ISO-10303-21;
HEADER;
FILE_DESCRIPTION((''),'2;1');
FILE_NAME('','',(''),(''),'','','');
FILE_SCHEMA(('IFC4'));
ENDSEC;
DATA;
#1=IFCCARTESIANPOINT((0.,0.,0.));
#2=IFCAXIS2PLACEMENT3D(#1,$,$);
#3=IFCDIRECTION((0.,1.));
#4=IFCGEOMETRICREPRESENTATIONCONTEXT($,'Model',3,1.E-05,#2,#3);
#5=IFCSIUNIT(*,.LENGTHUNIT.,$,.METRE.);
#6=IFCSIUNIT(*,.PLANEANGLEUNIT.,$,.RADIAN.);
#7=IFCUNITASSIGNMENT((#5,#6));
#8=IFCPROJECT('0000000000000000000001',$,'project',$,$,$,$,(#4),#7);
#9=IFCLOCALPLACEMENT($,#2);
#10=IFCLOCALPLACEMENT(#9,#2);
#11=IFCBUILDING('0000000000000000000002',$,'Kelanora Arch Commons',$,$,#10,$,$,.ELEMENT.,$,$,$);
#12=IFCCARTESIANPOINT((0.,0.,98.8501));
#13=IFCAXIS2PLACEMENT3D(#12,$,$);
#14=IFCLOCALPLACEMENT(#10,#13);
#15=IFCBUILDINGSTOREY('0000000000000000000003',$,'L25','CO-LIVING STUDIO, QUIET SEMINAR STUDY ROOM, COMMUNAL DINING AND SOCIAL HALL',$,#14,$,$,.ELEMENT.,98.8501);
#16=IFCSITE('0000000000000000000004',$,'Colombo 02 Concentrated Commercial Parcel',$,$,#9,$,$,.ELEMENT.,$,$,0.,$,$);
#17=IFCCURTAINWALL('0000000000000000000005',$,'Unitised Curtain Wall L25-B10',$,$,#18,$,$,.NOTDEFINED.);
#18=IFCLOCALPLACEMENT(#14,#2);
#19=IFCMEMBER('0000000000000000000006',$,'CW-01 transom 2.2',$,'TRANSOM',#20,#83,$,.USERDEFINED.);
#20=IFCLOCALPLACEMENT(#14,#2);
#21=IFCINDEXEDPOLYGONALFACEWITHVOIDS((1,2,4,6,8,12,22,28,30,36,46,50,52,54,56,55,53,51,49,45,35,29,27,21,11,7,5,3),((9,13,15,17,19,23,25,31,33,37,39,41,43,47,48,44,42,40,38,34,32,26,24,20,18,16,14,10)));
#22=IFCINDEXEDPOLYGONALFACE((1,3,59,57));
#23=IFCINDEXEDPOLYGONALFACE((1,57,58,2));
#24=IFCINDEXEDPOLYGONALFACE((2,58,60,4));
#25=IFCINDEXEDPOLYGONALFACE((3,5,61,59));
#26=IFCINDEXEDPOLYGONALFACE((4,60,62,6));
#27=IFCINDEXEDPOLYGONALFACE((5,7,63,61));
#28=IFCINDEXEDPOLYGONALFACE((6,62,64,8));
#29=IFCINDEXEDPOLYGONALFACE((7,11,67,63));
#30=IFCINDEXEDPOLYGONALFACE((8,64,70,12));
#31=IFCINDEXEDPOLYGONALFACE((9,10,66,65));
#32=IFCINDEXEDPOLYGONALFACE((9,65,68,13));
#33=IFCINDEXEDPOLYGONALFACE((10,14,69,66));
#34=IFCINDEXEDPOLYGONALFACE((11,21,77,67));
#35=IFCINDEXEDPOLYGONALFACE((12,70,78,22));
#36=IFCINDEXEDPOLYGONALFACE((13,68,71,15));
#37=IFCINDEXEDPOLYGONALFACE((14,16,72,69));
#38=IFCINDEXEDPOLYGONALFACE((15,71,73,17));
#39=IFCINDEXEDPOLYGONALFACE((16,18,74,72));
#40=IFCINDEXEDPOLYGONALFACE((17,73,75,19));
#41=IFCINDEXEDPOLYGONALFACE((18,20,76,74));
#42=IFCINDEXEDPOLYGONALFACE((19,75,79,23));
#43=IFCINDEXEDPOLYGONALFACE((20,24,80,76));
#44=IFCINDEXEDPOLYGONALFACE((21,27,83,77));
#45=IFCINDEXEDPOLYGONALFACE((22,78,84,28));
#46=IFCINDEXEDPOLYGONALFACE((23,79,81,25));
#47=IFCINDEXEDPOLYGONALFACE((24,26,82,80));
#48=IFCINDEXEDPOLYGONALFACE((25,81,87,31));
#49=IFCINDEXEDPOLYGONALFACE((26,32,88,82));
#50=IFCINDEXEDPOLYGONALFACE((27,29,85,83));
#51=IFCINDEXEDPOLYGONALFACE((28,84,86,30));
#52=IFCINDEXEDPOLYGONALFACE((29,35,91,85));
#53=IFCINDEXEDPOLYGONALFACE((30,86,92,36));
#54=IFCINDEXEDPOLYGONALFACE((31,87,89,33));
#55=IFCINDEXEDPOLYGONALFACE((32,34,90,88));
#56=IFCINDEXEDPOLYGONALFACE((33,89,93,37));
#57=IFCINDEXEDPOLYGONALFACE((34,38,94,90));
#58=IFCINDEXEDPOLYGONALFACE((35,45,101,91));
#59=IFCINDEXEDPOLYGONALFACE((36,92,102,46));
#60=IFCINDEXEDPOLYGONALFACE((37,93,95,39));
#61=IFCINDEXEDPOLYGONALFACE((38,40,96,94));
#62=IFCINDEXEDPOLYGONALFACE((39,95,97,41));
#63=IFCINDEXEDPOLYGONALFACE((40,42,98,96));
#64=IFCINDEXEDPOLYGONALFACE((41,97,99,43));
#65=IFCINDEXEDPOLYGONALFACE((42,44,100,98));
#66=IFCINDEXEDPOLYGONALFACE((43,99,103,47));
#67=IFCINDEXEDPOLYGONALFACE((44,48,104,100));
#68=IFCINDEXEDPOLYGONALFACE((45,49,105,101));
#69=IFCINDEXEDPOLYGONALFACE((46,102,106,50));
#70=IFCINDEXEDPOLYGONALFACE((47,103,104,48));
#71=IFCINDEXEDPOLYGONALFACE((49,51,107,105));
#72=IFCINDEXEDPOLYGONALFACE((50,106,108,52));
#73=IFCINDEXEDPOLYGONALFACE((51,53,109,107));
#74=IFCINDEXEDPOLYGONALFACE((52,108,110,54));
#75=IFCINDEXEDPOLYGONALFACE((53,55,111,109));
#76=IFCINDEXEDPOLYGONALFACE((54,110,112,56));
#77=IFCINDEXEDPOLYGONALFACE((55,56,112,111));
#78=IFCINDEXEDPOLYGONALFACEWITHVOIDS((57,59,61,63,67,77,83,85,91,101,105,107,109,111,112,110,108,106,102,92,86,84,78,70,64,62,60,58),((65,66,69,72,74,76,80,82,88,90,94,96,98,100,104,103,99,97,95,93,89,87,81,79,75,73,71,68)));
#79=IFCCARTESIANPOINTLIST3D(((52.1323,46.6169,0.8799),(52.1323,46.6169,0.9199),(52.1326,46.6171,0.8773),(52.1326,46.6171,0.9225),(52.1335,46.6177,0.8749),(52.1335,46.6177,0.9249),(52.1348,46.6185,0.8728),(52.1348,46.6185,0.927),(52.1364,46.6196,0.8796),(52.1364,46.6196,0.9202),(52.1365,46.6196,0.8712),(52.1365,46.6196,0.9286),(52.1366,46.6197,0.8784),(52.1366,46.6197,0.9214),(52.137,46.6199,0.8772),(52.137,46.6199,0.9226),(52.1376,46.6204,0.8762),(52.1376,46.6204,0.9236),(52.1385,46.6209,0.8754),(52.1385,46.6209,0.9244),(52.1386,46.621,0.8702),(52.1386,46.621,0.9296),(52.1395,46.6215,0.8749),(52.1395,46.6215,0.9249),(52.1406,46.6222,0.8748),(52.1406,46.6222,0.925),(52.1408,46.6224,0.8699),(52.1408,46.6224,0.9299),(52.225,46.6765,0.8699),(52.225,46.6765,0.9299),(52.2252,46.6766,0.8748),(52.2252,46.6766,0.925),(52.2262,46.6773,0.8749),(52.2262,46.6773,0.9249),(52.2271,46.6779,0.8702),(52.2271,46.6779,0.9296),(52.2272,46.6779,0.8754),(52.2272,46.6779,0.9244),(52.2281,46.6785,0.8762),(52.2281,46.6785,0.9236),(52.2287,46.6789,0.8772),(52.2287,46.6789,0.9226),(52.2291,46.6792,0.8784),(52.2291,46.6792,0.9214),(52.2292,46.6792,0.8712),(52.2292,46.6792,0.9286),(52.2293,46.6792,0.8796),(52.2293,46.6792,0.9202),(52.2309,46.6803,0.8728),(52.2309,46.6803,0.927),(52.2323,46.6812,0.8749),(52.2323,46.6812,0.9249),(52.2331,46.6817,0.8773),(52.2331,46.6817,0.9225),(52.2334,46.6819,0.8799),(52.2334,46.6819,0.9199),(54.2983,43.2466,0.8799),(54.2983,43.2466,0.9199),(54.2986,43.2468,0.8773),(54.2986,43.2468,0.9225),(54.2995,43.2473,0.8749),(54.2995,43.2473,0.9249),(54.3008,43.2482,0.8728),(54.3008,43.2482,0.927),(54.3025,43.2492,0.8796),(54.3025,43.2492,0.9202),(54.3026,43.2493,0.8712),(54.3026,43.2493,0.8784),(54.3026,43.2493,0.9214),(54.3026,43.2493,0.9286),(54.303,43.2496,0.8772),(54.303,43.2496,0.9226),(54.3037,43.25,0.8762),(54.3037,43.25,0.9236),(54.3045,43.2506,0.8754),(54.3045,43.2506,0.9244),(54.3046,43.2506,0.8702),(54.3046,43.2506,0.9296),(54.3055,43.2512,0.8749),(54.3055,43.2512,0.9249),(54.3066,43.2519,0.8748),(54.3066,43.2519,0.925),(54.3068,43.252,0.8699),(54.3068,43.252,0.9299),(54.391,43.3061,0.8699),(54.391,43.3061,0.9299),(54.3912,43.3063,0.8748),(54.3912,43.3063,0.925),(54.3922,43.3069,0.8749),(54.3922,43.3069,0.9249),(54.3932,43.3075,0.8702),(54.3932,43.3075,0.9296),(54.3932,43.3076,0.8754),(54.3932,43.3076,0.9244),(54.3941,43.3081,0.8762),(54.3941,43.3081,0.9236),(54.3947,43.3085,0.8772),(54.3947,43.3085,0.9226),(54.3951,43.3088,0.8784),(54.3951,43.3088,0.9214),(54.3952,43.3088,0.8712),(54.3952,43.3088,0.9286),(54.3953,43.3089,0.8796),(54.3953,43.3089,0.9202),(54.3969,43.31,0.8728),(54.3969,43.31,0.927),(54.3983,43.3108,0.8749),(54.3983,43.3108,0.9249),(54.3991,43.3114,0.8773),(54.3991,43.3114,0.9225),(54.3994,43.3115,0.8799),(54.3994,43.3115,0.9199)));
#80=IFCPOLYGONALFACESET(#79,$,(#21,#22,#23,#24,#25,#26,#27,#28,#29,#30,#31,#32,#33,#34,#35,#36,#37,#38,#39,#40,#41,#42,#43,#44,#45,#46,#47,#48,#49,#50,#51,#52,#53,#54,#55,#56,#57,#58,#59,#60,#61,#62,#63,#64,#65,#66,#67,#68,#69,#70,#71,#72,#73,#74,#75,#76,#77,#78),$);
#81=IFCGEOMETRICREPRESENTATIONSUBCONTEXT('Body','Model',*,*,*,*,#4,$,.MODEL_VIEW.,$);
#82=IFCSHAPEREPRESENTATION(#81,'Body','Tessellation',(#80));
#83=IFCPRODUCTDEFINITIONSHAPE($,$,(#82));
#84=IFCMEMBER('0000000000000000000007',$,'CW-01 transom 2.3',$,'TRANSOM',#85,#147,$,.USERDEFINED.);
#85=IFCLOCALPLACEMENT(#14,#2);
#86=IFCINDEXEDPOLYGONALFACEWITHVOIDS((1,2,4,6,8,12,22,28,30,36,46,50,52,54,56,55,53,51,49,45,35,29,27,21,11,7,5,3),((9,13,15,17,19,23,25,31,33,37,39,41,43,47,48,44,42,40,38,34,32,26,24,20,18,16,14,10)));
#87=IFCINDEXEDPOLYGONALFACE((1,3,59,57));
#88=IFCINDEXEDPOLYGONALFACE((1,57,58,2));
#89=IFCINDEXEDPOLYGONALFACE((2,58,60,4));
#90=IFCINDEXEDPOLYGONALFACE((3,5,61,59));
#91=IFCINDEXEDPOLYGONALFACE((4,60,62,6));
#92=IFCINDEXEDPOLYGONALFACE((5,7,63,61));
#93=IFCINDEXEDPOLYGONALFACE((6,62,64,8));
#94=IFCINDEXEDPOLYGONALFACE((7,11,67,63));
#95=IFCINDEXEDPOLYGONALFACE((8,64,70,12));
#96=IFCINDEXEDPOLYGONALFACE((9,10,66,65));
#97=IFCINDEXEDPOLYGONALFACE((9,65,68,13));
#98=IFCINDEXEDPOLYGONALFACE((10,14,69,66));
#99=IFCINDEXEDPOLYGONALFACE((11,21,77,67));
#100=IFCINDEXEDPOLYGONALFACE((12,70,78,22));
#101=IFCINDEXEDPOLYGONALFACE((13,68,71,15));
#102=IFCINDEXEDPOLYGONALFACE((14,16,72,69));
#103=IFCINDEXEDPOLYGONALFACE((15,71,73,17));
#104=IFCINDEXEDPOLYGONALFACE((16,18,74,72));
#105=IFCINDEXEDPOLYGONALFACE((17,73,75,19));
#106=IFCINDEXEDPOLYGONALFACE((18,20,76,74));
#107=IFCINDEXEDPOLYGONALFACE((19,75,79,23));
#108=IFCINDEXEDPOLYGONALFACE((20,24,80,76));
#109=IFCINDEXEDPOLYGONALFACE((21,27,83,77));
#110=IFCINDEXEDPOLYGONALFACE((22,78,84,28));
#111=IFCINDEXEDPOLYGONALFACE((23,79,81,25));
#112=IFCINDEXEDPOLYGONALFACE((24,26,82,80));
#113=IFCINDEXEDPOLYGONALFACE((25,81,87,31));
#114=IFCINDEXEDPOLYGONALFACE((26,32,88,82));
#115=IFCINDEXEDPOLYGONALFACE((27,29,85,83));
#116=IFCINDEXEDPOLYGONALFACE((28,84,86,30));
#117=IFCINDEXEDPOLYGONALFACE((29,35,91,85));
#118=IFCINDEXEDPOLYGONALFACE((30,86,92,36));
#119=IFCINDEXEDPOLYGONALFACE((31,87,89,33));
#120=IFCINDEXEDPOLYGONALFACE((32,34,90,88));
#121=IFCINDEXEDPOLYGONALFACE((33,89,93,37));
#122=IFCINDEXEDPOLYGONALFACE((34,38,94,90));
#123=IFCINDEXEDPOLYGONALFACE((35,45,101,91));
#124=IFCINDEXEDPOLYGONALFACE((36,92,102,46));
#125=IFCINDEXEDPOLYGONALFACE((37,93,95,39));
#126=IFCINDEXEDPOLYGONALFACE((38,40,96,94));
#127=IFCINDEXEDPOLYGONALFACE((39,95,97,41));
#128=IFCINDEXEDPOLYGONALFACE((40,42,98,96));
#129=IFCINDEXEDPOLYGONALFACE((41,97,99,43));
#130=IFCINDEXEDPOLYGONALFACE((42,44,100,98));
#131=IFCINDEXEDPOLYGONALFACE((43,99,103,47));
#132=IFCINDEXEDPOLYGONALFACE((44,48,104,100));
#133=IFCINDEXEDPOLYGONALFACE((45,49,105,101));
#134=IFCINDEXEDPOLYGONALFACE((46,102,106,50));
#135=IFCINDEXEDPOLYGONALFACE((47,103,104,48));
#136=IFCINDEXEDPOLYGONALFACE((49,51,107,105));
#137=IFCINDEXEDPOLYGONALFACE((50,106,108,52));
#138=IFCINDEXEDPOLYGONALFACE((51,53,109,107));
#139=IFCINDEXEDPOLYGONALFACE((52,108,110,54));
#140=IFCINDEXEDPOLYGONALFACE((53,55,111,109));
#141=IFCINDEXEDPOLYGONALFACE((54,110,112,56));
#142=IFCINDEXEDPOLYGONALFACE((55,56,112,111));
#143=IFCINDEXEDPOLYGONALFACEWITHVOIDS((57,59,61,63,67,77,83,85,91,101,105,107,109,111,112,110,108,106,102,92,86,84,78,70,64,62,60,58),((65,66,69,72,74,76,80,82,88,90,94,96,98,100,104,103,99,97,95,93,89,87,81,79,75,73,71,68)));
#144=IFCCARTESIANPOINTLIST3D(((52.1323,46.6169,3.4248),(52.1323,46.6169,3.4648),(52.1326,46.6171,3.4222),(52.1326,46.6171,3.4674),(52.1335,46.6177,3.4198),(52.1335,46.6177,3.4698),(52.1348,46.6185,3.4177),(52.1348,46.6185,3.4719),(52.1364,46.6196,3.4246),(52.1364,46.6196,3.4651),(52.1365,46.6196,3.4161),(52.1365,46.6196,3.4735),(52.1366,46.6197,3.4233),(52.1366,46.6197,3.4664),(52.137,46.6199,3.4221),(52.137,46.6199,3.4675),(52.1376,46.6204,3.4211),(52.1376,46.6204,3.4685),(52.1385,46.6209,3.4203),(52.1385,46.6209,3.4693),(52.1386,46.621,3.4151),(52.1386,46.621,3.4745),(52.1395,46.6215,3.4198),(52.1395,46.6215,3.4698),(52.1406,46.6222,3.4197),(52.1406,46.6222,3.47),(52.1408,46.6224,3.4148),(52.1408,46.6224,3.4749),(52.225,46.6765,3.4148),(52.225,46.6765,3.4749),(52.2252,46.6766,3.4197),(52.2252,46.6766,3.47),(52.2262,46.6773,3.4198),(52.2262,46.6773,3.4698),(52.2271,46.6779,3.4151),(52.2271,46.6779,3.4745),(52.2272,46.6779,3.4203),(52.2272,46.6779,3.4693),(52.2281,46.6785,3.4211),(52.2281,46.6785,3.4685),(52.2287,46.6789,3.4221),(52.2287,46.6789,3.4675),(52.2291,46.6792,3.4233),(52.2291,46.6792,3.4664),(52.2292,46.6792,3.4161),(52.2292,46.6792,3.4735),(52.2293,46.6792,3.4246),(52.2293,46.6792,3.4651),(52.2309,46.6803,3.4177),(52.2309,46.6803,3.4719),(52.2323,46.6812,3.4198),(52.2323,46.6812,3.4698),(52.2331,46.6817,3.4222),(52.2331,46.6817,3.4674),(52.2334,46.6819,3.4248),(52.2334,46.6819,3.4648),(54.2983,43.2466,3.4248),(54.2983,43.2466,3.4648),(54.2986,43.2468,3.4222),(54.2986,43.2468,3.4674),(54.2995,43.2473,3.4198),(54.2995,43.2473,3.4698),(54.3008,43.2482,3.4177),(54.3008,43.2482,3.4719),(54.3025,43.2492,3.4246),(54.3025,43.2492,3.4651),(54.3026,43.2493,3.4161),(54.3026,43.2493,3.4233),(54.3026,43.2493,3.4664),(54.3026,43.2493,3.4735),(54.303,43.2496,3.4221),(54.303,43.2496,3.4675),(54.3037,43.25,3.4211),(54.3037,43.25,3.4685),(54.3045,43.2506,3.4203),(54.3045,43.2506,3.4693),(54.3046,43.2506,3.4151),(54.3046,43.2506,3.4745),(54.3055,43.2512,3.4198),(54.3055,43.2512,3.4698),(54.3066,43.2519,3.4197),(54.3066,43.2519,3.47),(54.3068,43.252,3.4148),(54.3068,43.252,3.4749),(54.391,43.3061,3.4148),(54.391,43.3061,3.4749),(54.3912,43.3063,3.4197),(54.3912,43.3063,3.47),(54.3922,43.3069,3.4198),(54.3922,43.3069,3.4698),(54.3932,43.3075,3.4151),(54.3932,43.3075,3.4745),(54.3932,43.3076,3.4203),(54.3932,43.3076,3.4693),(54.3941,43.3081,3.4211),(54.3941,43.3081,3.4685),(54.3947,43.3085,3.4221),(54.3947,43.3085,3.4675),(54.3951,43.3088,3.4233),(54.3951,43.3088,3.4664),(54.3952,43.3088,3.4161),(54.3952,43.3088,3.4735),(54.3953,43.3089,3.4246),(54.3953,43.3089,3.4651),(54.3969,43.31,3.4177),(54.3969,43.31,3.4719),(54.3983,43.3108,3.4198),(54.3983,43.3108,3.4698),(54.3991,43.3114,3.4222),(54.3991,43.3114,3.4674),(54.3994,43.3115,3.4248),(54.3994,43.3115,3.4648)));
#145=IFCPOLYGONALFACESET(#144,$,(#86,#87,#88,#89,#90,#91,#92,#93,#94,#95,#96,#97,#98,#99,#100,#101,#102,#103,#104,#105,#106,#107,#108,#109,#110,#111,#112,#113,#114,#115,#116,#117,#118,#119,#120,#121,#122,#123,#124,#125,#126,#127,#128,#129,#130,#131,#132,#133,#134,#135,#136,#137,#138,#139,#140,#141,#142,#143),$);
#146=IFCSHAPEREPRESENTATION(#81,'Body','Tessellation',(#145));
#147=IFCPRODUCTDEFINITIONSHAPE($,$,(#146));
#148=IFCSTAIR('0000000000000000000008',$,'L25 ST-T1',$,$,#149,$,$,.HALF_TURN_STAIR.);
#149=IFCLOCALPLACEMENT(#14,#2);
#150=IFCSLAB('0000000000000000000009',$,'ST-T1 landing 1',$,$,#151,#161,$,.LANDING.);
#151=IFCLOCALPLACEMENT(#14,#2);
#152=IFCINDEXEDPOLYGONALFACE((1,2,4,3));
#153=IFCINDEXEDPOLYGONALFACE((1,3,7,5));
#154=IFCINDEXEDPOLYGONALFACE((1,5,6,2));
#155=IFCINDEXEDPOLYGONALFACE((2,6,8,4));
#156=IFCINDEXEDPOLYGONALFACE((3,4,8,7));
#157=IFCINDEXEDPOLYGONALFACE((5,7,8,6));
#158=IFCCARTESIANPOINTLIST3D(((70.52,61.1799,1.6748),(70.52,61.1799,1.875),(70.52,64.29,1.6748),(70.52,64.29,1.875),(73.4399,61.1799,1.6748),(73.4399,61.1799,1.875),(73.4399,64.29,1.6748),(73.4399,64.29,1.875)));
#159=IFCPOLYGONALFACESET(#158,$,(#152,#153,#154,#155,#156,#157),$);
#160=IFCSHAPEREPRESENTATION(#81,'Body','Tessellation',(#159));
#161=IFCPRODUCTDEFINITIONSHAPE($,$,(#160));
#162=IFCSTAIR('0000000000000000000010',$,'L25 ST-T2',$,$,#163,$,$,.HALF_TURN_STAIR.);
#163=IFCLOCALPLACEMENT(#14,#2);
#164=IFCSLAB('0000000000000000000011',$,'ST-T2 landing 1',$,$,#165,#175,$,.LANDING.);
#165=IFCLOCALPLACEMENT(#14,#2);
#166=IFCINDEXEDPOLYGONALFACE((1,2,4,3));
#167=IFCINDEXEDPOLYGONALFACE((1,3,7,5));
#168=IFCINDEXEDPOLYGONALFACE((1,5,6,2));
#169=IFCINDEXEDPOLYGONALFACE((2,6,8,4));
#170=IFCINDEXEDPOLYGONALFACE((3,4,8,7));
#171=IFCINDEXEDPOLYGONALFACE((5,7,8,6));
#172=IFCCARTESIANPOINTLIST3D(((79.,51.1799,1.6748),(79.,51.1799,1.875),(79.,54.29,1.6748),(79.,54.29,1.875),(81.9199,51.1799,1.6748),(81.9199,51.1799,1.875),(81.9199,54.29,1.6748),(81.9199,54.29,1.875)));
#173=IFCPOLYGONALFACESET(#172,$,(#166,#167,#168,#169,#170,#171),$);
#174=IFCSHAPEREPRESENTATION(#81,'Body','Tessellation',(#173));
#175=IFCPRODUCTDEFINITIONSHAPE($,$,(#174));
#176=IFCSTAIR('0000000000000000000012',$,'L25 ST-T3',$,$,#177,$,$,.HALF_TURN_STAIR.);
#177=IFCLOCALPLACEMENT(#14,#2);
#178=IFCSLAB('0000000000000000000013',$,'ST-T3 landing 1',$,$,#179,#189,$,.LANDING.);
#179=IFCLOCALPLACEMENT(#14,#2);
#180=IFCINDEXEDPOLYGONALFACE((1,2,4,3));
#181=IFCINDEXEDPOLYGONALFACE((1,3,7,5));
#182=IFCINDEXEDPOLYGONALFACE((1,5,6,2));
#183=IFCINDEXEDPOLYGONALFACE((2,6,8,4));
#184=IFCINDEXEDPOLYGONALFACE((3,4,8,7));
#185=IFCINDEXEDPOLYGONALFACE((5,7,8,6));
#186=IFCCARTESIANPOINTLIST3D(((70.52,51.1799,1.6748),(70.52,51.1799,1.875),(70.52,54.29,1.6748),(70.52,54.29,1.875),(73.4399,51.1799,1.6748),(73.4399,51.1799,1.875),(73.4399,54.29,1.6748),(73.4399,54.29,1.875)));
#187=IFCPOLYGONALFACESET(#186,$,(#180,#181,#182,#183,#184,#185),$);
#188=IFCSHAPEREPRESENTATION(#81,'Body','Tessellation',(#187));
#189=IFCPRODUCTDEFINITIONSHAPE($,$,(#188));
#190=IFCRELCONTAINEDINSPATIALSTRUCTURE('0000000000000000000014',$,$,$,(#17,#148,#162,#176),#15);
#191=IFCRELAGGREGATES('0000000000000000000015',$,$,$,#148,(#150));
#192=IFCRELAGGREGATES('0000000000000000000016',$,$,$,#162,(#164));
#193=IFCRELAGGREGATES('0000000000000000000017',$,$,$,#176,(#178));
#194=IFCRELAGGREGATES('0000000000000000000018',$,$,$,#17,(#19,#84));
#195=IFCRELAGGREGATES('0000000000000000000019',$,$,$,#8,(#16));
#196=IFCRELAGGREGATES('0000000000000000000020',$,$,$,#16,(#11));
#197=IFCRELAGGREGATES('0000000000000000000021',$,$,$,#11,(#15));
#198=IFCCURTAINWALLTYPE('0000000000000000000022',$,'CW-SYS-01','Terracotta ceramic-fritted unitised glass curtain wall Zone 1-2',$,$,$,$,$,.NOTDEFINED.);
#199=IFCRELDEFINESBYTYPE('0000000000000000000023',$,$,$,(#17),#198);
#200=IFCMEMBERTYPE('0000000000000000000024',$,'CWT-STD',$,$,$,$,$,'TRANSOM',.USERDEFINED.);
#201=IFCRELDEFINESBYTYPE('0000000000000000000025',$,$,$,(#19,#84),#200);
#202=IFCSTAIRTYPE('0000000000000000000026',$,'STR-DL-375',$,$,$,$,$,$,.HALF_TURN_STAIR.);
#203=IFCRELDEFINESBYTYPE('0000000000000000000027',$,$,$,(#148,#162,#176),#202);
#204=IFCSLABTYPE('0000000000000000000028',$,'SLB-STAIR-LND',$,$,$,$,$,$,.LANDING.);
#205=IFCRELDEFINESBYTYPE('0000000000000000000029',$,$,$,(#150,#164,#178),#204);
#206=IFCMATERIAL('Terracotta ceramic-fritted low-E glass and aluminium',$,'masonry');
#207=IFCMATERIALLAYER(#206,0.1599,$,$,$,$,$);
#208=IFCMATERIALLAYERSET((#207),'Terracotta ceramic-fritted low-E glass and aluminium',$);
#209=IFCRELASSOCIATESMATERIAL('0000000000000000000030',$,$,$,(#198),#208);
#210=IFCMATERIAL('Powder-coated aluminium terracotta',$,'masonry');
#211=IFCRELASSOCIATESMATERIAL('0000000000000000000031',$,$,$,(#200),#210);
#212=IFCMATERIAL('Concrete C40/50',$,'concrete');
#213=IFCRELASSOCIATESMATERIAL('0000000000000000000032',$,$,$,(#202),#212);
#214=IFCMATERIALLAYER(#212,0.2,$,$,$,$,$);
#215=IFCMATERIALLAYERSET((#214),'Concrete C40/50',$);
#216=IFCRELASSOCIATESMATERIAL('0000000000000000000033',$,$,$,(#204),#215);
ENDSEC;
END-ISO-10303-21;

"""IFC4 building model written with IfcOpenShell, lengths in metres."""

from ifc_helpers import new_model, si_unit, direction, frame, origin, origin_2d, place, context, subcontext, project, spatial, polyline, hollow_rectangle, outline, extrude, material, layer, layer_set, material_profile, profile_set, type_object, element, aggregate, save


model = new_model("IFC4")

# Units and contexts
model_context = context("Model", 3, precision=1e-05, world=origin(), true_north=direction((0.0, 1.0)))
body_context = subcontext(model_context, "Body", "Model", "MODEL_VIEW")
ifc_project = project(units=[si_unit("LENGTHUNIT", "METRE"), si_unit("PLANEANGLEUNIT", "RADIAN")], contexts=[model_context])

# Site, building, storey
site_placement = place(None, origin())
site = spatial("IfcSite", under=ifc_project, at=site_placement, Name="Colombo 02 Concentrated Commercial Parcel", CompositionType="ELEMENT", RefElevation=0.0)
building_placement = place(site_placement, origin())
building = spatial("IfcBuilding", under=site, at=building_placement, Name="Kelanora Arch Commons", CompositionType="ELEMENT")
storey_placement = place(building_placement, frame((0.0, 0.0, 98.8501)))
storey = spatial("IfcBuildingStorey", under=building, at=storey_placement, Name="L25", Description="CO-LIVING STUDIO, QUIET SEMINAR STUDY ROOM, COMMUNAL DINING AND SOCIAL HALL", CompositionType="ELEMENT", Elevation=98.8501)

# Shared definitions
ifc_material_1 = material(Name="Terracotta ceramic-fritted low-E glass and aluminium", Category="masonry")
ifc_layer_1 = layer(ifc_material_1, 0.1599)
ifc_layer_set_1 = layer_set([ifc_layer_1], Name="Terracotta ceramic-fritted low-E glass and aluminium")
curtain_wall_type = type_object("IfcCurtainWallType", Name="CW-SYS-01", Description="Terracotta ceramic-fritted unitised glass curtain wall Zone 1-2", PredefinedType="NOTDEFINED", material=ifc_layer_set_1)
ifc_material_2 = material(Name="Powder-coated aluminium terracotta", Category="masonry")

# Curtain wall, members
curtain_wall_1_placement = place(storey_placement, origin())
curtain_wall_1 = element("IfcCurtainWall", 1, at=curtain_wall_1_placement, inside=storey, type_object=curtain_wall_type, Name="Unitised Curtain Wall L25-B10", PredefinedType="NOTDEFINED")
ifc_material_profile_1 = material_profile(ifc_material_2, hollow_rectangle(XDim=0.1201, YDim=0.0601, WallThickness=0.0049, InnerFilletRadius=0.0049, OuterFilletRadius=0.01, at=origin_2d()), Name="CWT120x60")
ifc_profile_set_1 = profile_set([ifc_material_profile_1], Name="Powder-coated aluminium terracotta")
member_type_1 = type_object("IfcMemberType", Name="CWT-STD", ElementType="TRANSOM", PredefinedType="USERDEFINED", material=ifc_profile_set_1)
member_1_placement = place(storey_placement, frame((52.1829, 46.6494, 0.8999), z_axis=(0.540644, -0.841252, 0.0), x_axis=(0.841252, 0.540644, 0.0)))
member_1 = element("IfcMember", 2, at=member_1_placement, type_object=member_type_1, Name="CW-01 transom 2.2", ObjectType="TRANSOM", PredefinedType="USERDEFINED", context=body_context, shape_type="SweptSolid", body=[
    extrude(hollow_rectangle(XDim=0.1201, YDim=0.0601, WallThickness=0.0049, InnerFilletRadius=0.0049, OuterFilletRadius=0.01, at=origin_2d()), origin(), (0.0, 0.0, 1.0), 4.0063),
])
member_2_placement = place(storey_placement, frame((52.1829, 46.6494, 3.4448), z_axis=(0.540644, -0.841252, 0.0), x_axis=(0.841252, 0.540644, 0.0)))
member_2 = element("IfcMember", 3, at=member_2_placement, type_object=member_type_1, Name="CW-01 transom 2.3", ObjectType="TRANSOM", PredefinedType="USERDEFINED", context=body_context, shape_type="SweptSolid", body=[
    extrude(hollow_rectangle(XDim=0.1201, YDim=0.0601, WallThickness=0.0049, InnerFilletRadius=0.0049, OuterFilletRadius=0.01, at=origin_2d()), origin(), (0.0, 0.0, 1.0), 4.0063),
])

# Stairs, slabs
ifc_material_3 = material(Name="Concrete C40/50", Category="concrete")
stair_type = type_object("IfcStairType", Name="STR-DL-375", PredefinedType="HALF_TURN_STAIR", material=ifc_material_3)
stair_1_placement = place(storey_placement, origin())
stair_1 = element("IfcStair", 4, at=stair_1_placement, inside=storey, type_object=stair_type, Name="L25 ST-T1", PredefinedType="HALF_TURN_STAIR")
ifc_layer_2 = layer(ifc_material_3, 0.2)
ifc_layer_set_2 = layer_set([ifc_layer_2], Name="Concrete C40/50")
slab_type_1 = type_object("IfcSlabType", Name="SLB-STAIR-LND", PredefinedType="LANDING", material=ifc_layer_set_2)
slab_1_placement = place(storey_placement, frame((0.0, 0.0, 1.6748)))
slab_1 = element("IfcSlab", 5, at=slab_1_placement, type_object=slab_type_1, Name="ST-T1 landing 1", PredefinedType="LANDING", context=body_context, shape_type="SweptSolid", body=[
    extrude(outline(polyline([(70.52, 61.1799), (73.4399, 61.1799), (73.4399, 64.29), (70.52, 64.29), (70.52, 61.1799)])), origin(), (0.0, 0.0, 1.0), 0.2002),
])
aggregate(stair_1, [slab_1])
stair_2_placement = place(storey_placement, origin())
stair_2 = element("IfcStair", 6, at=stair_2_placement, inside=storey, type_object=stair_type, Name="L25 ST-T2", PredefinedType="HALF_TURN_STAIR")
slab_2_placement = place(storey_placement, frame((0.0, 0.0, 1.6748)))
slab_2 = element("IfcSlab", 7, at=slab_2_placement, type_object=slab_type_1, Name="ST-T2 landing 1", PredefinedType="LANDING", context=body_context, shape_type="SweptSolid", body=[
    extrude(outline(polyline([(79.0, 51.1799), (81.9199, 51.1799), (81.9199, 54.29), (79.0, 54.29), (79.0, 51.1799)])), origin(), (0.0, 0.0, 1.0), 0.2002),
])
aggregate(stair_2, [slab_2])
stair_3_placement = place(storey_placement, origin())
stair_3 = element("IfcStair", 8, at=stair_3_placement, inside=storey, type_object=stair_type, Name="L25 ST-T3", PredefinedType="HALF_TURN_STAIR")
slab_3_placement = place(storey_placement, frame((0.0, 0.0, 1.6748)))
slab_3 = element("IfcSlab", 9, at=slab_3_placement, type_object=slab_type_1, Name="ST-T3 landing 1", PredefinedType="LANDING", context=body_context, shape_type="SweptSolid", body=[
    extrude(outline(polyline([(70.52, 51.1799), (73.4399, 51.1799), (73.4399, 54.29), (70.52, 54.29), (70.52, 51.1799)])), origin(), (0.0, 0.0, 1.0), 0.2002),
])
aggregate(stair_3, [slab_3])

aggregate(curtain_wall_1, [member_1, member_2])

save(model, "model.ifc")
